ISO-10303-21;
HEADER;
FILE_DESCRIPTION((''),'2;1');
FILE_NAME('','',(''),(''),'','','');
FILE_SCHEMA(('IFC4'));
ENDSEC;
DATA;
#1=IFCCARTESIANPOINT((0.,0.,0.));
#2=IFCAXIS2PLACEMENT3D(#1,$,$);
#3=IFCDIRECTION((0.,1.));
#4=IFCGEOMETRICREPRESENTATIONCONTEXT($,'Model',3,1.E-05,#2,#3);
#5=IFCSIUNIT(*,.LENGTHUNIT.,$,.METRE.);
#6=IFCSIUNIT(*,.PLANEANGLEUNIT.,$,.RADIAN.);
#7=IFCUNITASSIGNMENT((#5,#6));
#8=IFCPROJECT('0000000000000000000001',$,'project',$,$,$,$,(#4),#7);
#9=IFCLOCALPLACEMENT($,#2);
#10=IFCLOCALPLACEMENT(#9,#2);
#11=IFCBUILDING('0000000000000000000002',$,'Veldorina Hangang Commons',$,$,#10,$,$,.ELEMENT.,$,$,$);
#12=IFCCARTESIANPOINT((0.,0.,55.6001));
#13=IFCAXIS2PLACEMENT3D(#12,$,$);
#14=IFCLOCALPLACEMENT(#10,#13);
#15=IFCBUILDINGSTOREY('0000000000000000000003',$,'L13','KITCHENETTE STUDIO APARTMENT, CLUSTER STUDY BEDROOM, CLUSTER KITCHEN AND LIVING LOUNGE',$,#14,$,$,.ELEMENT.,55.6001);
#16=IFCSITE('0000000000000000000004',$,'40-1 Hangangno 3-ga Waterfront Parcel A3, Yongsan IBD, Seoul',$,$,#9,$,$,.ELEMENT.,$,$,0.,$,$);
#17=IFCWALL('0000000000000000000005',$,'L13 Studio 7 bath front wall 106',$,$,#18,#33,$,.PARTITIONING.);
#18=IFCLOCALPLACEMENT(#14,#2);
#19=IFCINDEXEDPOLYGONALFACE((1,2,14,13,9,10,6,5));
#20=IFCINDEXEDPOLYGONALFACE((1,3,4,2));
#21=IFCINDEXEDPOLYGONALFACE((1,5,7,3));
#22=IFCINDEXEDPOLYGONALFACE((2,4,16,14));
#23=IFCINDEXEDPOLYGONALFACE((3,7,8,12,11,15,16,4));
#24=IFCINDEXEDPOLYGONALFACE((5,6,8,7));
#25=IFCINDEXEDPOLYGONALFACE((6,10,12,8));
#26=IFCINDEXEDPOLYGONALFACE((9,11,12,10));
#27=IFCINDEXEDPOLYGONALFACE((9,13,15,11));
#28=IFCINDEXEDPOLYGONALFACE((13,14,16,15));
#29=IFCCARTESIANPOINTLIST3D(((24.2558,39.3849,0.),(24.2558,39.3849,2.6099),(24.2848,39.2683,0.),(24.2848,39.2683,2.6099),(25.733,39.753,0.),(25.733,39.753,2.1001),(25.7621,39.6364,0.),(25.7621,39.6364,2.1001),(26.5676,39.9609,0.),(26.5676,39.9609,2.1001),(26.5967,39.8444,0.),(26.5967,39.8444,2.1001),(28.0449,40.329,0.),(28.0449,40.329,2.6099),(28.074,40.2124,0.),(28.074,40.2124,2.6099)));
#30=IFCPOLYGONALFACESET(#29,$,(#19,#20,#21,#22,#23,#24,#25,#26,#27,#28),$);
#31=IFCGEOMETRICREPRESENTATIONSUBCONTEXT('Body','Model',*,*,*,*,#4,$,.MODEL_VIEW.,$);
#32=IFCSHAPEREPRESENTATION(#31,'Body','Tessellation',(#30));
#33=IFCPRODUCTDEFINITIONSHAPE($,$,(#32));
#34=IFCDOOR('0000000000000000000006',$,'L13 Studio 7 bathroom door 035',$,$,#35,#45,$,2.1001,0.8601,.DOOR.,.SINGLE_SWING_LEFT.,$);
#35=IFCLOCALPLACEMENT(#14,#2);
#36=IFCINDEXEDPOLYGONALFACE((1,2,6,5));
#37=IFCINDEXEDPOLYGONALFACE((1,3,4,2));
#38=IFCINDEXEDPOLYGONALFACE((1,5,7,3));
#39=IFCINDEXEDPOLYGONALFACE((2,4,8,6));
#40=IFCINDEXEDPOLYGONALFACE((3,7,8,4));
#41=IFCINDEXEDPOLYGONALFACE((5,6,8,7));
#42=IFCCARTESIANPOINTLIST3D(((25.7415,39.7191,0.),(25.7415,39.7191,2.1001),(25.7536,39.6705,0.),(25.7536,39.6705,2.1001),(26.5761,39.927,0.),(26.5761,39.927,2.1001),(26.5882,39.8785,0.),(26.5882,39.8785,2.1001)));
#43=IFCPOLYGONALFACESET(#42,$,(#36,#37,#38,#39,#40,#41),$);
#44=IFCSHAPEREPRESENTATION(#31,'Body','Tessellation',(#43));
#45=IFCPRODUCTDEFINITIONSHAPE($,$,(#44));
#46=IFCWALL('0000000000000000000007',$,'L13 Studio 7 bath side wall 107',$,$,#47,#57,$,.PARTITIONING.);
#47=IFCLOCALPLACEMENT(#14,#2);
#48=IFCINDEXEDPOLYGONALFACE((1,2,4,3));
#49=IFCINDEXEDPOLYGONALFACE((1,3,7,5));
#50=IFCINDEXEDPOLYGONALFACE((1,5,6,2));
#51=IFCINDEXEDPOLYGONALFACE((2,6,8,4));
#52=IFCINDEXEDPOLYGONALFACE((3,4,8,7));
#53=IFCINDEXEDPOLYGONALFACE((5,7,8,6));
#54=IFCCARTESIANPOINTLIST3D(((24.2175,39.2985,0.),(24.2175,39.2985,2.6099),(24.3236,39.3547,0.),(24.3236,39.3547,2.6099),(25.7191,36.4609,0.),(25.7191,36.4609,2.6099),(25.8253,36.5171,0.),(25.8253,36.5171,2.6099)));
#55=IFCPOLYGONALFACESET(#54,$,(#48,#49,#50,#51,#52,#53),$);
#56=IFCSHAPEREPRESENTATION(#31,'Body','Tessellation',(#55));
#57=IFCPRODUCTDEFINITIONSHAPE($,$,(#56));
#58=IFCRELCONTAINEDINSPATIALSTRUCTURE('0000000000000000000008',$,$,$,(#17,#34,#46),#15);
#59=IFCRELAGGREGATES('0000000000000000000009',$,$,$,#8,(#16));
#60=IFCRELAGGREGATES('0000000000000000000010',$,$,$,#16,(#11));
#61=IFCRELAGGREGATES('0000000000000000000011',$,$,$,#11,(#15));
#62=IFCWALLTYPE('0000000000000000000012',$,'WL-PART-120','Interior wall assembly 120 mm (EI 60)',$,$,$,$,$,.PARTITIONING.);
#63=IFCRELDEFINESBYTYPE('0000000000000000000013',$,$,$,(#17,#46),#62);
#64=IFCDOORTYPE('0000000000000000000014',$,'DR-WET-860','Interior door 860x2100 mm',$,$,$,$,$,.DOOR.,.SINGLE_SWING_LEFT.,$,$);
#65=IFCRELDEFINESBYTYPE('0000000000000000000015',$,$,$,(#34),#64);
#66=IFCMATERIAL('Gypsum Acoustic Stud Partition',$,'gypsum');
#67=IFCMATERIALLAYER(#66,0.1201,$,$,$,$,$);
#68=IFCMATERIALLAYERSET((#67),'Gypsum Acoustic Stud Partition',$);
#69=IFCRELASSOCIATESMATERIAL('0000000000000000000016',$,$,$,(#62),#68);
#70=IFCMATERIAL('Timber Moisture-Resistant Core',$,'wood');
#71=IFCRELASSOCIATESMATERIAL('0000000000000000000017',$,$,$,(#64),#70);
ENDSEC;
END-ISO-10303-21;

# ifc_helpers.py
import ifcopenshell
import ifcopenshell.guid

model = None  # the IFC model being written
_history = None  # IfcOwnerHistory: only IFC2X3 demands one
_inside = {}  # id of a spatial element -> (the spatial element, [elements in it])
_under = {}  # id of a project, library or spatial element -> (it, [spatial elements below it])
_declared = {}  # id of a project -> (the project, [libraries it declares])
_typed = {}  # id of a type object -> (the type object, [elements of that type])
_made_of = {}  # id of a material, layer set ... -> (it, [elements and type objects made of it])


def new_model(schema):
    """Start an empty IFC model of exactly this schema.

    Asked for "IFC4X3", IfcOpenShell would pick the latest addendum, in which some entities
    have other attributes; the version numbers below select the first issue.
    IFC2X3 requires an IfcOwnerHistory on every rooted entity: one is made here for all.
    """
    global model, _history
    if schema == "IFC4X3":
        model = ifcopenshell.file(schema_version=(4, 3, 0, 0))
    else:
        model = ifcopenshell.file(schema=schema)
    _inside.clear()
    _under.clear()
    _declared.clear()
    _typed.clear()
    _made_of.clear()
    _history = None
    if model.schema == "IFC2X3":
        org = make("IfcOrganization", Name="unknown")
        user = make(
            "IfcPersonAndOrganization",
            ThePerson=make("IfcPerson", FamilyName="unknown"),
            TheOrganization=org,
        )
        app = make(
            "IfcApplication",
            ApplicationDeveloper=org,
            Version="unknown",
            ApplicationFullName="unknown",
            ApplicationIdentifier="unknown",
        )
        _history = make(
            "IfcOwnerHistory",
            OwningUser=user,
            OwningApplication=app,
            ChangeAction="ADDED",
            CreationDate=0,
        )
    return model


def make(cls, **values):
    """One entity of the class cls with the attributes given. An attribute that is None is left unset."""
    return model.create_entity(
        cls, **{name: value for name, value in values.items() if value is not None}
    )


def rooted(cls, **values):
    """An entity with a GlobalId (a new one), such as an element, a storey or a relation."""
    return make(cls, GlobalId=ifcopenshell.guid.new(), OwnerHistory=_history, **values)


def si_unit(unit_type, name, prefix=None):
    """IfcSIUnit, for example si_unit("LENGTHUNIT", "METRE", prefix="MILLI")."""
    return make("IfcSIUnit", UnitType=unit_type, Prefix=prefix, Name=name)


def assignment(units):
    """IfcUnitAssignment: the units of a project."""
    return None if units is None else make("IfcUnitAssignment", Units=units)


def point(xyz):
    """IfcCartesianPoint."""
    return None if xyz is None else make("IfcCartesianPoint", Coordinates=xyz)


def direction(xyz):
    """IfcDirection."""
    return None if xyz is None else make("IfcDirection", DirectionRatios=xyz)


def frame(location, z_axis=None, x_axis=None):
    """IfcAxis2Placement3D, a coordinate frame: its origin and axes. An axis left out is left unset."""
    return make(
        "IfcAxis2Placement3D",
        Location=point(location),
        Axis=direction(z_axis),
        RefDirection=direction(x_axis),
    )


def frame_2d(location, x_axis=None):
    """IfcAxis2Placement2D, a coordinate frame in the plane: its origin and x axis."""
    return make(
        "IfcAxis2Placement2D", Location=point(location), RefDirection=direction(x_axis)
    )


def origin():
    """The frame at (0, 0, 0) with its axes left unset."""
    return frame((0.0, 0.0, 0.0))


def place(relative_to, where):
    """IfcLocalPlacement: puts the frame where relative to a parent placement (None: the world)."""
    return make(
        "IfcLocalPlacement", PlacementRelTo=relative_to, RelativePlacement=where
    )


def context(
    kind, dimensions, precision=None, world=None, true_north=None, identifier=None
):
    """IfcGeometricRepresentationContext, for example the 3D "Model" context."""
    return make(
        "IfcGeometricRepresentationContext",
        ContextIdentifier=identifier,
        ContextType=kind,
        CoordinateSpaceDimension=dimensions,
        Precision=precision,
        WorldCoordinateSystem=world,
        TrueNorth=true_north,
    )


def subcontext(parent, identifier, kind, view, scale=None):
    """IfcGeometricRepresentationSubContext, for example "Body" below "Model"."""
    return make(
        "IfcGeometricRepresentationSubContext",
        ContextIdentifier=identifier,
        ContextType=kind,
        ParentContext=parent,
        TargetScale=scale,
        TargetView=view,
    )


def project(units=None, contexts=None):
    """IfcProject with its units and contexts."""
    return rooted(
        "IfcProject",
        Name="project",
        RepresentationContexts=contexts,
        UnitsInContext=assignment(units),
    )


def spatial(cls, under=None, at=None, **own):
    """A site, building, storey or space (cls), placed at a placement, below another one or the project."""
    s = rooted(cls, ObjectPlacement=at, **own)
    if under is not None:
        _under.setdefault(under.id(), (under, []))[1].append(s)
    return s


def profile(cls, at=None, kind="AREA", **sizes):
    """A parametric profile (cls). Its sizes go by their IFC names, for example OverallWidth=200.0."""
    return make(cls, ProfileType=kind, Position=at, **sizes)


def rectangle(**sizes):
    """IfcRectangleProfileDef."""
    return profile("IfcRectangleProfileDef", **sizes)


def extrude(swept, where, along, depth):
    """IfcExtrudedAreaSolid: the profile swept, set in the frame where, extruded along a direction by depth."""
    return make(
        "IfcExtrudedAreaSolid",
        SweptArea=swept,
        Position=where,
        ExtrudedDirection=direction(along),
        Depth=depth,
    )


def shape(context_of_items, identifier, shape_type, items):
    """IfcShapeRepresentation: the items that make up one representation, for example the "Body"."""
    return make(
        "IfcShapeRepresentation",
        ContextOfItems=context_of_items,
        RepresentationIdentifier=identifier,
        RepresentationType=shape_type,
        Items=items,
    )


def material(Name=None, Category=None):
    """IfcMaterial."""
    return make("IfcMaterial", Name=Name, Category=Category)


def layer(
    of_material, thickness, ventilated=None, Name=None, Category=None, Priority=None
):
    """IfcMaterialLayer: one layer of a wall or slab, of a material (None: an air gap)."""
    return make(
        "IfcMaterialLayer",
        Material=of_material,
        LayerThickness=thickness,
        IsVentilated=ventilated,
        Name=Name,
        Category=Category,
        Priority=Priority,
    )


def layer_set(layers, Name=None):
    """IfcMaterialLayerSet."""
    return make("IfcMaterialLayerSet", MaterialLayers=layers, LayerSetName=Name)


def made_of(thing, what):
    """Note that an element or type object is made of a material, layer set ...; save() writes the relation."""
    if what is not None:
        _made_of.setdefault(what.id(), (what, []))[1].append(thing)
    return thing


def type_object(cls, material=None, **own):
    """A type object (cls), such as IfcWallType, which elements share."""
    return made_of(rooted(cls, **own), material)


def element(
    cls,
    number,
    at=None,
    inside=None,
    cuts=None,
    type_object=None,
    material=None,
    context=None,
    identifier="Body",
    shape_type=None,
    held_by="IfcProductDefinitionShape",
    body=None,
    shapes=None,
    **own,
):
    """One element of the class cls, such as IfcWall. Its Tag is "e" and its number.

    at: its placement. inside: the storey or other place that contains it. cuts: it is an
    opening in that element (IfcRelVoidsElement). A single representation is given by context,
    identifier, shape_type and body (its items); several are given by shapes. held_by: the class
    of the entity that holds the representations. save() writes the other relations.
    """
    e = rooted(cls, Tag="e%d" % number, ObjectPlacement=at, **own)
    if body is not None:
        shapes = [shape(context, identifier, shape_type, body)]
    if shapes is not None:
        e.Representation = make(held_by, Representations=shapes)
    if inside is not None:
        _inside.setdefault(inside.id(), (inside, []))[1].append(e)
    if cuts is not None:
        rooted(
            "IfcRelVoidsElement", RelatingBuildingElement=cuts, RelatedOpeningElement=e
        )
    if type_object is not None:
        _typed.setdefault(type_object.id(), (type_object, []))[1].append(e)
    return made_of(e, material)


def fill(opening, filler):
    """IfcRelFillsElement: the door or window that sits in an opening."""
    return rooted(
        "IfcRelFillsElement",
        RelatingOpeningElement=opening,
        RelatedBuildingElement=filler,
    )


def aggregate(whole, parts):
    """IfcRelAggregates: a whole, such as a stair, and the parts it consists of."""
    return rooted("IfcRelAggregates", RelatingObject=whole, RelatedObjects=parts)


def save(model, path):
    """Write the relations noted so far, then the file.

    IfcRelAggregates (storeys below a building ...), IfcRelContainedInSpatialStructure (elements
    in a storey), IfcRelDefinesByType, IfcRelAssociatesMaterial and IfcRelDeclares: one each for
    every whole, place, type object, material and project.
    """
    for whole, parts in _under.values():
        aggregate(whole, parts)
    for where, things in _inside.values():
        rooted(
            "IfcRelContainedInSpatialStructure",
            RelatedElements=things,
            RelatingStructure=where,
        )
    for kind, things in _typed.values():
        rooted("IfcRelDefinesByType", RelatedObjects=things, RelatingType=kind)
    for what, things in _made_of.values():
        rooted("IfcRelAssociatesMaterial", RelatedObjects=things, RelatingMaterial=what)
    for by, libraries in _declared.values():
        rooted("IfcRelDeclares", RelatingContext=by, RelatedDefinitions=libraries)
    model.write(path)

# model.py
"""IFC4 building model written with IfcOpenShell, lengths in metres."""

from ifc_helpers import new_model, si_unit, direction, frame, frame_2d, origin, place, context, subcontext, project, spatial, rectangle, extrude, material, layer, layer_set, type_object, element, fill, save


model = new_model("IFC4")

# Units and contexts
model_context = context("Model", 3, precision=1e-05, world=origin(), true_north=direction((0.0, 1.0)))
body_context = subcontext(model_context, "Body", "Model", "MODEL_VIEW")
ifc_project = project(units=[si_unit("LENGTHUNIT", "METRE"), si_unit("PLANEANGLEUNIT", "RADIAN")], contexts=[model_context])

# Site, building, storey
site_placement = place(None, origin())
site = spatial("IfcSite", under=ifc_project, at=site_placement, Name="40-1 Hangangno 3-ga Waterfront Parcel A3, Yongsan IBD, Seoul", CompositionType="ELEMENT", RefElevation=0.0)
building_placement = place(site_placement, origin())
building = spatial("IfcBuilding", under=site, at=building_placement, Name="Veldorina Hangang Commons", CompositionType="ELEMENT")
storey_placement = place(building_placement, frame((0.0, 0.0, 55.6001)))
storey = spatial("IfcBuildingStorey", under=building, at=storey_placement, Name="L13", Description="KITCHENETTE STUDIO APARTMENT, CLUSTER STUDY BEDROOM, CLUSTER KITCHEN AND LIVING LOUNGE", CompositionType="ELEMENT", Elevation=55.6001)

# Wall, opening, door
ifc_material_1 = material(Name="Gypsum Acoustic Stud Partition", Category="gypsum")
ifc_layer_1 = layer(ifc_material_1, 0.1201)
ifc_layer_set_1 = layer_set([ifc_layer_1], Name="Gypsum Acoustic Stud Partition")
wall_type_1 = type_object("IfcWallType", Name="WL-PART-120", Description="Interior wall assembly 120 mm (EI 60)", PredefinedType="PARTITIONING", material=ifc_layer_set_1)
wall_1_placement = place(storey_placement, frame((28.0596, 40.2708, 0.0), z_axis=(0.0, 0.0, 1.0), x_axis=(-0.970333, -0.241771, 0.0)))
wall_1 = element("IfcWall", 1, at=wall_1_placement, inside=storey, type_object=wall_type_1, Name="L13 Studio 7 bath front wall 106", PredefinedType="PARTITIONING", context=body_context, shape_type="SweptSolid", body=[
    extrude(rectangle(XDim=3.905, YDim=0.1201, at=frame_2d((1.9526, 0.0))), origin(), (0.0, 0.0, 1.0), 2.6099),
])
opening_1_placement = place(wall_1_placement, frame((1.5225, 0.0, 0.0)))
opening_1 = element("IfcOpeningElement", 2, at=opening_1_placement, cuts=wall_1, PredefinedType="OPENING", context=body_context, shape_type="SweptSolid", body=[
    extrude(rectangle(XDim=0.8601, YDim=2.1001, at=frame_2d((0.4302, 1.05))), frame((0.0, 0.0701, 0.0), z_axis=(0.0, -1.0, 0.0), x_axis=(1.0, 0.0, 0.0)), (0.0, 0.0, 1.0), 0.1401),
])
ifc_material_2 = material(Name="Timber Moisture-Resistant Core", Category="wood")
door_type_1 = type_object("IfcDoorType", Name="DR-WET-860", Description="Interior door 860x2100 mm", OperationType="SINGLE_SWING_LEFT", PredefinedType="DOOR", material=ifc_material_2)
door_1_placement = place(opening_1_placement, origin())
door_1 = element("IfcDoor", 3, at=door_1_placement, inside=storey, type_object=door_type_1, Name="L13 Studio 7 bathroom door 035", OperationType="SINGLE_SWING_LEFT", OverallHeight=2.1001, OverallWidth=0.8601, PredefinedType="DOOR", context=body_context, shape_type="SweptSolid", body=[
    extrude(rectangle(XDim=0.8601, YDim=2.1001, at=frame_2d((0.4302, 1.05))), frame((0.0, 0.0249, 0.0), z_axis=(0.0, -1.0, 0.0), x_axis=(1.0, 0.0, 0.0)), (0.0, 0.0, 1.0), 0.05),
])
fill(opening_1, door_1)

# Wall
wall_2_placement = place(storey_placement, frame((25.7722, 36.489, 0.0), z_axis=(0.0, 0.0, 1.0), x_axis=(-0.467748, 0.883862, 0.0)))
element("IfcWall", 4, at=wall_2_placement, inside=storey, type_object=wall_type_1, Name="L13 Studio 7 bath side wall 107", PredefinedType="PARTITIONING", context=body_context, shape_type="SweptSolid", body=[
    extrude(rectangle(XDim=3.2104, YDim=0.1201, at=frame_2d((1.6052, 0.0))), origin(), (0.0, 0.0, 1.0), 2.6099),
])

save(model, "model.ifc")
